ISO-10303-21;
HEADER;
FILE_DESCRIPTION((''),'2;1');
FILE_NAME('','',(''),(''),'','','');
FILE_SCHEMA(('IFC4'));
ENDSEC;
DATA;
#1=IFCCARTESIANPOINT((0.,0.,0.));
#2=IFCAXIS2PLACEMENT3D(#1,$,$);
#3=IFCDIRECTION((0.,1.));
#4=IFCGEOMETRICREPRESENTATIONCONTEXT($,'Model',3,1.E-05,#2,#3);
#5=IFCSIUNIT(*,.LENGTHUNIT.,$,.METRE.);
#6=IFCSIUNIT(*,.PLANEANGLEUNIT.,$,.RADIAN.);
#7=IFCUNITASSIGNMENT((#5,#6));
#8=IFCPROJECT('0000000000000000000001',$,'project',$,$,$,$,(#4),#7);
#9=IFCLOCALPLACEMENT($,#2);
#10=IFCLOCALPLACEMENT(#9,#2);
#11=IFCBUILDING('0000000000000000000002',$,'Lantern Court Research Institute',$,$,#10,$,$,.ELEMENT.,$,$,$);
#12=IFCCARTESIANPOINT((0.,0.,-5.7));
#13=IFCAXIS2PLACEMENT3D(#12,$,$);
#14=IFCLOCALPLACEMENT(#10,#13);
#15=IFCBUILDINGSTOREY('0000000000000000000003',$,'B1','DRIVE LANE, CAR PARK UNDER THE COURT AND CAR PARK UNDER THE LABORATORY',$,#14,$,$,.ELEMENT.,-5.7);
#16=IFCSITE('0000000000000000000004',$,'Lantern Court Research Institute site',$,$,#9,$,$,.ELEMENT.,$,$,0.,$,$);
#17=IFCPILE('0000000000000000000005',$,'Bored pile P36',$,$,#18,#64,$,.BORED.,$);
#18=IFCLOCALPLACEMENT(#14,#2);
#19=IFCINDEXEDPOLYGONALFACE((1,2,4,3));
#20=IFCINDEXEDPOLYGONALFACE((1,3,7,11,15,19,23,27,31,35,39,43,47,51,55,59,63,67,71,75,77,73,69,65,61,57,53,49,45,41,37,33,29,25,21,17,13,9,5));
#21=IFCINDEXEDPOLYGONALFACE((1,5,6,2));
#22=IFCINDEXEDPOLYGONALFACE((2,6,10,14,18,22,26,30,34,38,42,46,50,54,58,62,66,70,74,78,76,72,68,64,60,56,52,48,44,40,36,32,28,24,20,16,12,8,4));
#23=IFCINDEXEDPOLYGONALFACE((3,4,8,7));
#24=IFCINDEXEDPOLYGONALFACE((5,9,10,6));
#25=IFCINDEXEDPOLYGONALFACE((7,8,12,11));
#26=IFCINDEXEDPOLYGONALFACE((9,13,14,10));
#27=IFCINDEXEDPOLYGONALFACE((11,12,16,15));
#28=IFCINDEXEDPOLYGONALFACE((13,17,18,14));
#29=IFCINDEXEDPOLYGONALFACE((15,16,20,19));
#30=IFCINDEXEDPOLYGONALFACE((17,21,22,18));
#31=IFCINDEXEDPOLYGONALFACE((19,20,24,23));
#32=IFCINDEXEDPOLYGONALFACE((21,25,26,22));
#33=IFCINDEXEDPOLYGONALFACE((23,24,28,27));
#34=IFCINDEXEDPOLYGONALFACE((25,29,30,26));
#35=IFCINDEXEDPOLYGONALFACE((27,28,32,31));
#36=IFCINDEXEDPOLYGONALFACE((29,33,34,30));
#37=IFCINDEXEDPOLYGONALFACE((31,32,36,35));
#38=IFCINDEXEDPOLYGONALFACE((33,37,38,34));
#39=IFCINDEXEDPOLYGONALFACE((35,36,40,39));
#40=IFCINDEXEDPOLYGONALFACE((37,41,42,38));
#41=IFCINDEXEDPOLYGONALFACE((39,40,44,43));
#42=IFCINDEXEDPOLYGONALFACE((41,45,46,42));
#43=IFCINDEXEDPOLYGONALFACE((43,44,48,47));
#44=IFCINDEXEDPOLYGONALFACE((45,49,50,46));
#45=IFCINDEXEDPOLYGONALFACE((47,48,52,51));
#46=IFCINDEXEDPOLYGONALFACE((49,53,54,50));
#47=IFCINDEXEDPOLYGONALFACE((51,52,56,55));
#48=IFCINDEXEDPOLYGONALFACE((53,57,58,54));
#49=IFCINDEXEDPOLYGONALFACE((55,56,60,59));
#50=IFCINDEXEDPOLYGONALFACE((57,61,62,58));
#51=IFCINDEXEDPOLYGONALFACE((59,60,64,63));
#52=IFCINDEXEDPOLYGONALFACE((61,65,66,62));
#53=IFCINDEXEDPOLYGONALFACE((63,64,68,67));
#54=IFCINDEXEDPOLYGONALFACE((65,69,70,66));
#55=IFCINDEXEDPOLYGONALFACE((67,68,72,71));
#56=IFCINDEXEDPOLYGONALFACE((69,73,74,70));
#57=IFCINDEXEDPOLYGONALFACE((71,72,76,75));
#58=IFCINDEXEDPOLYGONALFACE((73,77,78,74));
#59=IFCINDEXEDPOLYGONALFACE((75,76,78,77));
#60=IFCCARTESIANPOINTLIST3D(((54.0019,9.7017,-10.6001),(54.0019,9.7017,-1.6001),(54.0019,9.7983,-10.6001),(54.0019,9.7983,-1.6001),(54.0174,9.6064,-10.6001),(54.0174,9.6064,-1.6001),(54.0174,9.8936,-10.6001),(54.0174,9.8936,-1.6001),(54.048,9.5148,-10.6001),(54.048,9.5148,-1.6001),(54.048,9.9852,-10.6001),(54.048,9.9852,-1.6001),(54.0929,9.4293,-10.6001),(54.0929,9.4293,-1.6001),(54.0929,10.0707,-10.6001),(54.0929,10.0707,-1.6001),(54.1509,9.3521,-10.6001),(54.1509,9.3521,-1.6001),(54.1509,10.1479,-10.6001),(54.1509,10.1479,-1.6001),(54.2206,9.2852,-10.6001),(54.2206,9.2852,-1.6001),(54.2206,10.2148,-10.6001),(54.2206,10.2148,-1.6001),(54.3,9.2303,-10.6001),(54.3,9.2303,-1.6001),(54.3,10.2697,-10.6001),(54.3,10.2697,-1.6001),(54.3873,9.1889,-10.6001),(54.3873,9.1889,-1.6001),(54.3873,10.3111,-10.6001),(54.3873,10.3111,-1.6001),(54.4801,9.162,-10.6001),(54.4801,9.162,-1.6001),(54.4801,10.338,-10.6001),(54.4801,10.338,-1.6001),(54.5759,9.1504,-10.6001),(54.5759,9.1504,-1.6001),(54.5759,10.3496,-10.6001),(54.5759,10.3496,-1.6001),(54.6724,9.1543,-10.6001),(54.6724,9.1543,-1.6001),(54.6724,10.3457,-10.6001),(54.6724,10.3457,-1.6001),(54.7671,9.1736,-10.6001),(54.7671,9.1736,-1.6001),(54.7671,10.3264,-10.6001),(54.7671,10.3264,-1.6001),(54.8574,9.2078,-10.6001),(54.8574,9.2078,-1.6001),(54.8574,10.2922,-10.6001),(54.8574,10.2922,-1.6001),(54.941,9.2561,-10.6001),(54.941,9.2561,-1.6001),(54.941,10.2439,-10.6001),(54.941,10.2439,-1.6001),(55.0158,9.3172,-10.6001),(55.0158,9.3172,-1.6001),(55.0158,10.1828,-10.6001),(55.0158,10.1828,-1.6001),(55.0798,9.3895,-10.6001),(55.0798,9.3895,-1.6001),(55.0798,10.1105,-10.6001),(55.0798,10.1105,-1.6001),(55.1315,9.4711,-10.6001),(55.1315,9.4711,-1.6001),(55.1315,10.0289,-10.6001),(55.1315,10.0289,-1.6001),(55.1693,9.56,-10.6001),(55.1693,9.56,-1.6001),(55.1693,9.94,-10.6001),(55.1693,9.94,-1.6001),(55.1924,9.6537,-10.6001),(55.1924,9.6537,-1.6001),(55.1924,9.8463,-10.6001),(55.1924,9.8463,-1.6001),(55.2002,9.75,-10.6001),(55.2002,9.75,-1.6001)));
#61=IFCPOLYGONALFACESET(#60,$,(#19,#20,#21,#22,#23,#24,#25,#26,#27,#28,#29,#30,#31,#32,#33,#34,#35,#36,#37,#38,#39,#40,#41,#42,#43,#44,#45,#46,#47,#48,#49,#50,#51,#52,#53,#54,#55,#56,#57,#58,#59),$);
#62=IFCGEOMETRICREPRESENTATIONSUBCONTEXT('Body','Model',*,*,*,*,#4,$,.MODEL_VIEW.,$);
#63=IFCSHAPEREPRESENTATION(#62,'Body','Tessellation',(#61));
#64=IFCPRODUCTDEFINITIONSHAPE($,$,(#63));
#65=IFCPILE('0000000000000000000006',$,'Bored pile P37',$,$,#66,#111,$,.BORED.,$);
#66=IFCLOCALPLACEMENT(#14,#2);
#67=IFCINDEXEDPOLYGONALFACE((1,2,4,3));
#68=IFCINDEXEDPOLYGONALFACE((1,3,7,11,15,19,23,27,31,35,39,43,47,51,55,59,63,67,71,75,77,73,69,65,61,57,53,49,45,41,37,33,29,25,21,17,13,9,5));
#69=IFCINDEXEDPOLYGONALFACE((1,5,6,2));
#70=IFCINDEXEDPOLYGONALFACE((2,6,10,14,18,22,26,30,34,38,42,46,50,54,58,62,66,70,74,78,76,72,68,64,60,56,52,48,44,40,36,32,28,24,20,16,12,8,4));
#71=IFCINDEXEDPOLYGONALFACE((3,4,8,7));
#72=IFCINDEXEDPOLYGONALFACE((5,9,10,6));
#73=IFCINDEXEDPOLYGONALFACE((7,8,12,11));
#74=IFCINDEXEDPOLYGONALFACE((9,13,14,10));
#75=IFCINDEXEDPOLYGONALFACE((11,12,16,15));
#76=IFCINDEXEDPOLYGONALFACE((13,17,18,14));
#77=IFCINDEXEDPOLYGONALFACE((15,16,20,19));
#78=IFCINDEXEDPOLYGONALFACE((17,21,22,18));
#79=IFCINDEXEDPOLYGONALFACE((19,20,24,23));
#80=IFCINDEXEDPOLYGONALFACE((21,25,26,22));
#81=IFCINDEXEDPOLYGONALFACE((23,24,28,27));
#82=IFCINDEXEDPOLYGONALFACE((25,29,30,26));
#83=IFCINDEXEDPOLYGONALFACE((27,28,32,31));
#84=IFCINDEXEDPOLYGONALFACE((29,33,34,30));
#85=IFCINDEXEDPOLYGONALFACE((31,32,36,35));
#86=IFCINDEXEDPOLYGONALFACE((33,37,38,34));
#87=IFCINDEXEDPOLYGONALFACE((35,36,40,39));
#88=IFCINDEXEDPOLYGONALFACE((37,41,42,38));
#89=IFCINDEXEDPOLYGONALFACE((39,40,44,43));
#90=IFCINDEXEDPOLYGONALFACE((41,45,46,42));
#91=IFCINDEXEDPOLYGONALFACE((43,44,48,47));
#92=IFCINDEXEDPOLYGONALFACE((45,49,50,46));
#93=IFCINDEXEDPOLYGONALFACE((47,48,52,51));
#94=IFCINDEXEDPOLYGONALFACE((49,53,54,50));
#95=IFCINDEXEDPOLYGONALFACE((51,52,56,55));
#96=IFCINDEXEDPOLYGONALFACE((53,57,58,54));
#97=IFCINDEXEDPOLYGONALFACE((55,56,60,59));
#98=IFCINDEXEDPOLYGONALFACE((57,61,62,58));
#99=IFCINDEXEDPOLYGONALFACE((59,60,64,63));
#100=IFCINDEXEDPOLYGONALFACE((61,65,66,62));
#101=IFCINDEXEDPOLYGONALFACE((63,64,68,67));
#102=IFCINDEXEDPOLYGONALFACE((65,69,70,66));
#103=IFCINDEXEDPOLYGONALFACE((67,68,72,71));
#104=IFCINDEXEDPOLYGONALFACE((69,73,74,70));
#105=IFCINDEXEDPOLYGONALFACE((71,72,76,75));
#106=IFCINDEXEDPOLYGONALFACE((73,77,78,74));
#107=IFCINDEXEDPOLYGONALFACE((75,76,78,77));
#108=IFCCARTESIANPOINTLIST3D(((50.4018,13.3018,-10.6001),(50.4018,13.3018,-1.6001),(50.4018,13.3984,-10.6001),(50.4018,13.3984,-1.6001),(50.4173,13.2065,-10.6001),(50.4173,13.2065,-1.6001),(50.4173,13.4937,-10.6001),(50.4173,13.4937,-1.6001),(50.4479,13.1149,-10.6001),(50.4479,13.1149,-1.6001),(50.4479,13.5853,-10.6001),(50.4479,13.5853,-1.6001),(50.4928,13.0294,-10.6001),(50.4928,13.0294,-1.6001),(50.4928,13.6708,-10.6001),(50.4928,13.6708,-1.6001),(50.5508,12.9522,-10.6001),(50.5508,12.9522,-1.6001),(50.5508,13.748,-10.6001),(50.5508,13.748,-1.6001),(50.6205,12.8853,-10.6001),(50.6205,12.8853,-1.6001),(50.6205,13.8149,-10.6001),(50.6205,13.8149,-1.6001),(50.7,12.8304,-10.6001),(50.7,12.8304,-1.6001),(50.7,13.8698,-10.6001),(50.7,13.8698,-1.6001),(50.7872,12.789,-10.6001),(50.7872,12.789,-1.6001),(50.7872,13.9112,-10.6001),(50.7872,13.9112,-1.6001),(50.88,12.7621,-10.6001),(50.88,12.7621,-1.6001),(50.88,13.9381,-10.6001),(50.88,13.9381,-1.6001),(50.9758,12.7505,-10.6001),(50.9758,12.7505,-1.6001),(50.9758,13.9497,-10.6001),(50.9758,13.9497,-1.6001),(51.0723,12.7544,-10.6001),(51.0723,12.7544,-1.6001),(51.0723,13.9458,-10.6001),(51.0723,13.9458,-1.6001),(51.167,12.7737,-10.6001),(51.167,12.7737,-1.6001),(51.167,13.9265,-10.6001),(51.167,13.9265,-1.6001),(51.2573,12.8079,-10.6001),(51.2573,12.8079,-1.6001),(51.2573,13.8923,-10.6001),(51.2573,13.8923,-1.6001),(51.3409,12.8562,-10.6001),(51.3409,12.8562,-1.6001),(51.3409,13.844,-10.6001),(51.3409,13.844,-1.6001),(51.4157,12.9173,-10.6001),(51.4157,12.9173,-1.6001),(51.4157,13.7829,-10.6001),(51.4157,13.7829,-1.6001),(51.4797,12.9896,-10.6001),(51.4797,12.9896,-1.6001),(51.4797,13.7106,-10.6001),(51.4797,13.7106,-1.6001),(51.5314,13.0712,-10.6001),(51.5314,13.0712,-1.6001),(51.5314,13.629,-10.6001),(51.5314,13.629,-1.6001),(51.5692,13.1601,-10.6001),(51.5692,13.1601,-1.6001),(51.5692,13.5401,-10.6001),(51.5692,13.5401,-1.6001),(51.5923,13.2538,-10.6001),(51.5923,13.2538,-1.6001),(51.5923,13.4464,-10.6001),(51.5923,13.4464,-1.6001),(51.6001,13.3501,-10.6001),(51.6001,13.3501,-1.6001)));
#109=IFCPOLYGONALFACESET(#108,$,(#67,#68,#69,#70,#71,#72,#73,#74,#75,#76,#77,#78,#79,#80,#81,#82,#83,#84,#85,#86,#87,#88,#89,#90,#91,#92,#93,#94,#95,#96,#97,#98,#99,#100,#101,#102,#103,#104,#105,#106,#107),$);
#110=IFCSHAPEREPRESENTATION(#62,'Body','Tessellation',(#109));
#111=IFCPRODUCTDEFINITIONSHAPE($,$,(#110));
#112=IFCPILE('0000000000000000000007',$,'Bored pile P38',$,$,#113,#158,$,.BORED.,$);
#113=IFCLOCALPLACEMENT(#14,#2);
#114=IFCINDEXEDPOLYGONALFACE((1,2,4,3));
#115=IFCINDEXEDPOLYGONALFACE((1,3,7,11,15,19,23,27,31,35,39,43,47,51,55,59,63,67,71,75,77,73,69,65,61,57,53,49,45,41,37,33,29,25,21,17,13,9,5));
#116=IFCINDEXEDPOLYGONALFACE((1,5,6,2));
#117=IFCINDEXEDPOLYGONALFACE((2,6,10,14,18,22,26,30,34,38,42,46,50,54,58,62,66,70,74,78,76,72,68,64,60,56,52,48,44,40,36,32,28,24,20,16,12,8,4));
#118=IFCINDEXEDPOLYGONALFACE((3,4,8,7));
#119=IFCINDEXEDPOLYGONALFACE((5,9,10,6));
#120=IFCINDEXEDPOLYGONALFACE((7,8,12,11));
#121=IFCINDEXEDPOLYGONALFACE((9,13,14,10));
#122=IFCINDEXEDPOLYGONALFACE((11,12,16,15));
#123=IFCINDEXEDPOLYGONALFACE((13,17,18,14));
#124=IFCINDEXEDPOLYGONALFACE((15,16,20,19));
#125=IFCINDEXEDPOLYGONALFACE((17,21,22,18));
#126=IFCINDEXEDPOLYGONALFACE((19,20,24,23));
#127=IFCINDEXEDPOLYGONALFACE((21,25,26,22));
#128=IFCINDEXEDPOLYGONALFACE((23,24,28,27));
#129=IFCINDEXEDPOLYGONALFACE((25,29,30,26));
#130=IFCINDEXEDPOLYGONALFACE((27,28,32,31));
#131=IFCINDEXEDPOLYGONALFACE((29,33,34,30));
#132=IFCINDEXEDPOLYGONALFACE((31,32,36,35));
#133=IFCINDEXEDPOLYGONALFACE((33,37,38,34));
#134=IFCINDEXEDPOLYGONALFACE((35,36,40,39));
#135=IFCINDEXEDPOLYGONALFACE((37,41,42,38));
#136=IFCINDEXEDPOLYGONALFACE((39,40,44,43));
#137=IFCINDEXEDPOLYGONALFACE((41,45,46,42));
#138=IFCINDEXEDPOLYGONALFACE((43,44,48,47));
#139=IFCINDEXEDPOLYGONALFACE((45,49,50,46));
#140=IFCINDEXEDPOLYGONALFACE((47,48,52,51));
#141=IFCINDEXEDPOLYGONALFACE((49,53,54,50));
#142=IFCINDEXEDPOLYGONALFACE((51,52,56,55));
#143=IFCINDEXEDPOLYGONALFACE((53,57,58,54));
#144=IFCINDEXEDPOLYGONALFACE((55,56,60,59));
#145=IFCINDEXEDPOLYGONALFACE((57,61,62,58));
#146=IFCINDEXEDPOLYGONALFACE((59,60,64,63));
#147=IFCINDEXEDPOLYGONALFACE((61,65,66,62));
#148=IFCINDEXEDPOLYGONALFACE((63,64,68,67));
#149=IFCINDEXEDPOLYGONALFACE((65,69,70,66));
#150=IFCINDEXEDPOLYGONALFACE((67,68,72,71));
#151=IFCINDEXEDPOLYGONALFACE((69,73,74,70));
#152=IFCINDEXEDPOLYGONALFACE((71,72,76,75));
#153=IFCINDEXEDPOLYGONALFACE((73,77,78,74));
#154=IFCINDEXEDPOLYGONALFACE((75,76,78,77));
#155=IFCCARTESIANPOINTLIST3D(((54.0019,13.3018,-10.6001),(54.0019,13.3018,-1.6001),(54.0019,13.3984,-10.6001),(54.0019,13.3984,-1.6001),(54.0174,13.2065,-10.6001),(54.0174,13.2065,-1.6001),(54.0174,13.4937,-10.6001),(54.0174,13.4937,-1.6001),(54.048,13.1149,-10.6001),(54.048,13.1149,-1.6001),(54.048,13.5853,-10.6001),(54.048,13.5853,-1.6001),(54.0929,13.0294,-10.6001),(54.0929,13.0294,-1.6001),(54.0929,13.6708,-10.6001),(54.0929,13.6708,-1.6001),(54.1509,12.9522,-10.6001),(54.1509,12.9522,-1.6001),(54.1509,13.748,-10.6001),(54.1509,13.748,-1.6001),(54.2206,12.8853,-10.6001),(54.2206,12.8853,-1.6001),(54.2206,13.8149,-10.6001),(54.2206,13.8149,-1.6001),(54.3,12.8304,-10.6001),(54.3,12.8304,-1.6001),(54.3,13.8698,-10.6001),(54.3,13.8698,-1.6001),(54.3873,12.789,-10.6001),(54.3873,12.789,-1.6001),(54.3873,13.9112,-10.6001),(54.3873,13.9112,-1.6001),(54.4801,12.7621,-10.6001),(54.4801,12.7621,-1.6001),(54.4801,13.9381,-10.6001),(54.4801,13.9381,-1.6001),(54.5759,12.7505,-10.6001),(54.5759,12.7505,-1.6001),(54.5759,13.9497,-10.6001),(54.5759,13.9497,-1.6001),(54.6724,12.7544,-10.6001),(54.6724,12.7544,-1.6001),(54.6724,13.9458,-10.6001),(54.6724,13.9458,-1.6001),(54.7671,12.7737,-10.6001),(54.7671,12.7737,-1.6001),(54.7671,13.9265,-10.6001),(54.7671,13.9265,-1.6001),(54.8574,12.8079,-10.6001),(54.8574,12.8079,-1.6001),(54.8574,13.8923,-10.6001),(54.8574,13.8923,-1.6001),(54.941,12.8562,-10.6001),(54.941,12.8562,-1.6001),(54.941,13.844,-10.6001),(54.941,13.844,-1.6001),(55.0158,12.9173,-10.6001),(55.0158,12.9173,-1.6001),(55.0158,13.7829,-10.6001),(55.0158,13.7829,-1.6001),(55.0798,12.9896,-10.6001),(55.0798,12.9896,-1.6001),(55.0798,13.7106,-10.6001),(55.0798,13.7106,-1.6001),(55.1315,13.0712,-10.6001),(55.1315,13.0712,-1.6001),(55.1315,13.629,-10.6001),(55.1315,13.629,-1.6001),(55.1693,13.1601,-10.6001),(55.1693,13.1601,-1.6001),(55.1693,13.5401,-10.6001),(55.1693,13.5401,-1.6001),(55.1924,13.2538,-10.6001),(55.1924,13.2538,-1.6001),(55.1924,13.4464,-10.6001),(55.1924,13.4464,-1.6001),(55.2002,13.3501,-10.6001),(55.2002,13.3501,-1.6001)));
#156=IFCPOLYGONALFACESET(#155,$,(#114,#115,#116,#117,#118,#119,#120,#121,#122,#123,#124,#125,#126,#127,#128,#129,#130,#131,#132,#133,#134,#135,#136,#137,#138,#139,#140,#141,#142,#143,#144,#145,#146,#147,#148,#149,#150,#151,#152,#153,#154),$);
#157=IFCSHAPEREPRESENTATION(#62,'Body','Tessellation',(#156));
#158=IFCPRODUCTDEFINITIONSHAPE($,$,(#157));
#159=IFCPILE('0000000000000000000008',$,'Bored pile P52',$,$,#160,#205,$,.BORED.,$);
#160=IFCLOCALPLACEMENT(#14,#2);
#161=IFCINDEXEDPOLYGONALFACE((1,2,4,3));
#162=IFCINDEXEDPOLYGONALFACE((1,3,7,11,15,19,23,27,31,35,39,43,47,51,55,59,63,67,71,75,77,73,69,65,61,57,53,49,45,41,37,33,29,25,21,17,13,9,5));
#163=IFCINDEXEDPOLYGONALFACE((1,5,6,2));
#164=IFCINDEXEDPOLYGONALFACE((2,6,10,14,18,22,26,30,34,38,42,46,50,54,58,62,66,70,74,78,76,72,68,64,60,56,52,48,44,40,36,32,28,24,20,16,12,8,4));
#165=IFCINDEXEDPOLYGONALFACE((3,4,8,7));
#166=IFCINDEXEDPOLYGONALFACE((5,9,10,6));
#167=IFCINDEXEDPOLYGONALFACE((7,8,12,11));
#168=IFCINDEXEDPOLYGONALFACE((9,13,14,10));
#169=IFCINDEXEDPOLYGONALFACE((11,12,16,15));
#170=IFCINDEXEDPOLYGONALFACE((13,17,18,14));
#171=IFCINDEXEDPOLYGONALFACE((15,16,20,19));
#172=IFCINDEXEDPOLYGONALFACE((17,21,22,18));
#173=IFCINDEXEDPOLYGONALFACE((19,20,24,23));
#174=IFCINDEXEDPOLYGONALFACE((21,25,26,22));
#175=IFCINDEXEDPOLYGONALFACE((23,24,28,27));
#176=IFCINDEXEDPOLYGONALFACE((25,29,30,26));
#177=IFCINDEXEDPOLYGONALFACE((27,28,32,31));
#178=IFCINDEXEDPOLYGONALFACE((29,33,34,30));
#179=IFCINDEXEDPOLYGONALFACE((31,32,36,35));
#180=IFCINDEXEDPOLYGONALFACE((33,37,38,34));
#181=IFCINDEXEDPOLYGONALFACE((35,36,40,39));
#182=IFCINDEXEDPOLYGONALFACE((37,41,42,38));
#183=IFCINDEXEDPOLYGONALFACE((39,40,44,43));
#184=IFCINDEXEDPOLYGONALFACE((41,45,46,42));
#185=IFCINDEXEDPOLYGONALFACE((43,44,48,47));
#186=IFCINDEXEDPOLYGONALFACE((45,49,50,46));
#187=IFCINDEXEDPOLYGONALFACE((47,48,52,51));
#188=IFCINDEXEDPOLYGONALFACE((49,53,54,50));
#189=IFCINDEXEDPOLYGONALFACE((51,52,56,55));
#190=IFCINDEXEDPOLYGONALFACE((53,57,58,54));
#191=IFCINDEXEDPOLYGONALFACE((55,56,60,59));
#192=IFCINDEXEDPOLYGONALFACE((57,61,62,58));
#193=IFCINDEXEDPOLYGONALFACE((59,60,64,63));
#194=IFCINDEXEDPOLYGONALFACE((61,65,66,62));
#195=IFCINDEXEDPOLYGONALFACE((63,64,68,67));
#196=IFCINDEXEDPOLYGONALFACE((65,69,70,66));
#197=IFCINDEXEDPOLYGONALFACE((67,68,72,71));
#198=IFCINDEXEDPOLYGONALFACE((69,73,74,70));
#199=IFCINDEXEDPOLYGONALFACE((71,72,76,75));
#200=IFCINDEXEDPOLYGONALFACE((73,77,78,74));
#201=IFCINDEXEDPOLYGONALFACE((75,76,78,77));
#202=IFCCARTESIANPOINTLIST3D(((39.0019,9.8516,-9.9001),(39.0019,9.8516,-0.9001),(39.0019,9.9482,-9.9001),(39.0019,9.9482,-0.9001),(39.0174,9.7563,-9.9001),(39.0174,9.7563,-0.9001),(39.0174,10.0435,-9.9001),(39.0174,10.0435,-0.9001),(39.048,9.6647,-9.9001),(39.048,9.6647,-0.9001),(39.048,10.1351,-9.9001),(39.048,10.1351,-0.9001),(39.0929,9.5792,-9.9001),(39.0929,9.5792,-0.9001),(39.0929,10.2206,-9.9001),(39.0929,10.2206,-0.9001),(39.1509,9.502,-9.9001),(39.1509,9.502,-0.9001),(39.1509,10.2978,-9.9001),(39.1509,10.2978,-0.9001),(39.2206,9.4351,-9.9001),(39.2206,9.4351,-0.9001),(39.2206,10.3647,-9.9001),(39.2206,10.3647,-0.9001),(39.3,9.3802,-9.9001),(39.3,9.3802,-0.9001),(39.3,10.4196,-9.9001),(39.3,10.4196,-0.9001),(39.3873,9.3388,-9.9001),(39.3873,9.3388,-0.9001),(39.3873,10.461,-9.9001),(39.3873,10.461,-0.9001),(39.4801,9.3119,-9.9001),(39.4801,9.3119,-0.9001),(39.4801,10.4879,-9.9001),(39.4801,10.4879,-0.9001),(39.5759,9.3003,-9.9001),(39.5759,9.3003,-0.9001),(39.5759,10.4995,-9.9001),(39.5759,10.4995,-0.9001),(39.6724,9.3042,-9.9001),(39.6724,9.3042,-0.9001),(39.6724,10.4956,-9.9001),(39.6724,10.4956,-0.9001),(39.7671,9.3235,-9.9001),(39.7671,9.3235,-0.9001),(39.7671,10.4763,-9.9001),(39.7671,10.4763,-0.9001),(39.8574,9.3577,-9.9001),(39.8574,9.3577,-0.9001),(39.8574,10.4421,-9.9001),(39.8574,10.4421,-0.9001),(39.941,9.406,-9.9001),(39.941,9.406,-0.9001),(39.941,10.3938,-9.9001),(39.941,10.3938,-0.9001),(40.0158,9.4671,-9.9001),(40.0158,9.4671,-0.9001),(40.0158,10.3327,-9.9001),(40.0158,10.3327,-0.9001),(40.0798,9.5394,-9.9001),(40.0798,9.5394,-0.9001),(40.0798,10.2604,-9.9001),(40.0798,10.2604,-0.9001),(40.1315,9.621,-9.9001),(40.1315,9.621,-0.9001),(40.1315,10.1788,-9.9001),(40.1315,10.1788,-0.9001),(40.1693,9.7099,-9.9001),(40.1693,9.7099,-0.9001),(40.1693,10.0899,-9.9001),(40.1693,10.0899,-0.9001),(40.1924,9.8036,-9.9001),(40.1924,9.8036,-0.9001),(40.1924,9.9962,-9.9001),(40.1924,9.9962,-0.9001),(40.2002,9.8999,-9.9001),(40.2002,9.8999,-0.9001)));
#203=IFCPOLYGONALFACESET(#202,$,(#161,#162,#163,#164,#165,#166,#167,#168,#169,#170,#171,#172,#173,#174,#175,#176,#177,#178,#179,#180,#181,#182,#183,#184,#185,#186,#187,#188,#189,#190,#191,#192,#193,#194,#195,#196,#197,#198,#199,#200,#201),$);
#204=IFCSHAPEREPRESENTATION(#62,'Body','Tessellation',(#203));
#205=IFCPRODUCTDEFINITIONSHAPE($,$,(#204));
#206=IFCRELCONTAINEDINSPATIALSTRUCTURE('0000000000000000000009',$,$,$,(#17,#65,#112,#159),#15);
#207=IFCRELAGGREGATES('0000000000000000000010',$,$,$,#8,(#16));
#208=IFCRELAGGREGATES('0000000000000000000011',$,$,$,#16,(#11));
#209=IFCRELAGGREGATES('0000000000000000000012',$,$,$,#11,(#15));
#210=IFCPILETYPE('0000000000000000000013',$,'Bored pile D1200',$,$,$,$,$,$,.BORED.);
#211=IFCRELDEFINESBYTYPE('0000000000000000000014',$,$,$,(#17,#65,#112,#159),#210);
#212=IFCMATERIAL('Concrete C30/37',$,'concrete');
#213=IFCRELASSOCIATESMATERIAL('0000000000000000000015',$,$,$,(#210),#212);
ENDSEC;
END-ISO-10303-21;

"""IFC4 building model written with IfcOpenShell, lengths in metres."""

from ifc_helpers import new_model, si_unit, direction, frame, origin, origin_2d, place, context, subcontext, project, spatial, circle, extrude, material, material_profile, profile_set, type_object, element, save


model = new_model("IFC4")

# Units and contexts
model_context = context("Model", 3, precision=1e-05, world=origin(), true_north=direction((0.0, 1.0)))
body_context = subcontext(model_context, "Body", "Model", "MODEL_VIEW")
ifc_project = project(units=[si_unit("LENGTHUNIT", "METRE"), si_unit("PLANEANGLEUNIT", "RADIAN")], contexts=[model_context])

# Site, building, storey
site_placement = place(None, origin())
site = spatial("IfcSite", under=ifc_project, at=site_placement, Name="Lantern Court Research Institute site", CompositionType="ELEMENT", RefElevation=0.0)
building_placement = place(site_placement, origin())
building = spatial("IfcBuilding", under=site, at=building_placement, Name="Lantern Court Research Institute", CompositionType="ELEMENT")
storey_placement = place(building_placement, frame((0.0, 0.0, -5.7)))
storey = spatial("IfcBuildingStorey", under=building, at=storey_placement, Name="B1", Description="DRIVE LANE, CAR PARK UNDER THE COURT AND CAR PARK UNDER THE LABORATORY", CompositionType="ELEMENT", Elevation=-5.7)

# Piles
ifc_material_1 = material(Name="Concrete C30/37", Category="concrete")
ifc_material_profile_1 = material_profile(ifc_material_1, circle(Radius=0.6001, at=origin_2d()), Name="Bored pile D1200")
ifc_profile_set_1 = profile_set([ifc_material_profile_1], Name="Concrete C30/37")
pile_type = type_object("IfcPileType", Name="Bored pile D1200", PredefinedType="BORED", material=ifc_profile_set_1)
for number, where, z_axis, x_axis, name in (
    (1, (54.6001, 9.75, -1.6001), (0.0, 0.0, -1.0), (1.0, 0.0, 0.0), "Bored pile P36"),
    (2, (51.0, 13.3501, -1.6001), (0.0, 0.0, -1.0), (1.0, 0.0, 0.0), "Bored pile P37"),
    (3, (54.6001, 13.3501, -1.6001), (0.0, 0.0, -1.0), (1.0, 0.0, 0.0), "Bored pile P38"),
    (4, (39.6001, 9.8999, -0.9001), (0.0, 0.0, -1.0), (1.0, 0.0, 0.0), "Bored pile P52"),
):
    element("IfcPile", number, at=place(storey_placement, frame(where, z_axis=z_axis, x_axis=x_axis)), inside=storey, type_object=pile_type, Name=name, PredefinedType="BORED", context=body_context, shape_type="SweptSolid", body=[
        extrude(circle(Radius=0.6001, at=origin_2d()), origin(), (0.0, 0.0, 1.0), 9.0),
    ])

save(model, "model.ifc")
